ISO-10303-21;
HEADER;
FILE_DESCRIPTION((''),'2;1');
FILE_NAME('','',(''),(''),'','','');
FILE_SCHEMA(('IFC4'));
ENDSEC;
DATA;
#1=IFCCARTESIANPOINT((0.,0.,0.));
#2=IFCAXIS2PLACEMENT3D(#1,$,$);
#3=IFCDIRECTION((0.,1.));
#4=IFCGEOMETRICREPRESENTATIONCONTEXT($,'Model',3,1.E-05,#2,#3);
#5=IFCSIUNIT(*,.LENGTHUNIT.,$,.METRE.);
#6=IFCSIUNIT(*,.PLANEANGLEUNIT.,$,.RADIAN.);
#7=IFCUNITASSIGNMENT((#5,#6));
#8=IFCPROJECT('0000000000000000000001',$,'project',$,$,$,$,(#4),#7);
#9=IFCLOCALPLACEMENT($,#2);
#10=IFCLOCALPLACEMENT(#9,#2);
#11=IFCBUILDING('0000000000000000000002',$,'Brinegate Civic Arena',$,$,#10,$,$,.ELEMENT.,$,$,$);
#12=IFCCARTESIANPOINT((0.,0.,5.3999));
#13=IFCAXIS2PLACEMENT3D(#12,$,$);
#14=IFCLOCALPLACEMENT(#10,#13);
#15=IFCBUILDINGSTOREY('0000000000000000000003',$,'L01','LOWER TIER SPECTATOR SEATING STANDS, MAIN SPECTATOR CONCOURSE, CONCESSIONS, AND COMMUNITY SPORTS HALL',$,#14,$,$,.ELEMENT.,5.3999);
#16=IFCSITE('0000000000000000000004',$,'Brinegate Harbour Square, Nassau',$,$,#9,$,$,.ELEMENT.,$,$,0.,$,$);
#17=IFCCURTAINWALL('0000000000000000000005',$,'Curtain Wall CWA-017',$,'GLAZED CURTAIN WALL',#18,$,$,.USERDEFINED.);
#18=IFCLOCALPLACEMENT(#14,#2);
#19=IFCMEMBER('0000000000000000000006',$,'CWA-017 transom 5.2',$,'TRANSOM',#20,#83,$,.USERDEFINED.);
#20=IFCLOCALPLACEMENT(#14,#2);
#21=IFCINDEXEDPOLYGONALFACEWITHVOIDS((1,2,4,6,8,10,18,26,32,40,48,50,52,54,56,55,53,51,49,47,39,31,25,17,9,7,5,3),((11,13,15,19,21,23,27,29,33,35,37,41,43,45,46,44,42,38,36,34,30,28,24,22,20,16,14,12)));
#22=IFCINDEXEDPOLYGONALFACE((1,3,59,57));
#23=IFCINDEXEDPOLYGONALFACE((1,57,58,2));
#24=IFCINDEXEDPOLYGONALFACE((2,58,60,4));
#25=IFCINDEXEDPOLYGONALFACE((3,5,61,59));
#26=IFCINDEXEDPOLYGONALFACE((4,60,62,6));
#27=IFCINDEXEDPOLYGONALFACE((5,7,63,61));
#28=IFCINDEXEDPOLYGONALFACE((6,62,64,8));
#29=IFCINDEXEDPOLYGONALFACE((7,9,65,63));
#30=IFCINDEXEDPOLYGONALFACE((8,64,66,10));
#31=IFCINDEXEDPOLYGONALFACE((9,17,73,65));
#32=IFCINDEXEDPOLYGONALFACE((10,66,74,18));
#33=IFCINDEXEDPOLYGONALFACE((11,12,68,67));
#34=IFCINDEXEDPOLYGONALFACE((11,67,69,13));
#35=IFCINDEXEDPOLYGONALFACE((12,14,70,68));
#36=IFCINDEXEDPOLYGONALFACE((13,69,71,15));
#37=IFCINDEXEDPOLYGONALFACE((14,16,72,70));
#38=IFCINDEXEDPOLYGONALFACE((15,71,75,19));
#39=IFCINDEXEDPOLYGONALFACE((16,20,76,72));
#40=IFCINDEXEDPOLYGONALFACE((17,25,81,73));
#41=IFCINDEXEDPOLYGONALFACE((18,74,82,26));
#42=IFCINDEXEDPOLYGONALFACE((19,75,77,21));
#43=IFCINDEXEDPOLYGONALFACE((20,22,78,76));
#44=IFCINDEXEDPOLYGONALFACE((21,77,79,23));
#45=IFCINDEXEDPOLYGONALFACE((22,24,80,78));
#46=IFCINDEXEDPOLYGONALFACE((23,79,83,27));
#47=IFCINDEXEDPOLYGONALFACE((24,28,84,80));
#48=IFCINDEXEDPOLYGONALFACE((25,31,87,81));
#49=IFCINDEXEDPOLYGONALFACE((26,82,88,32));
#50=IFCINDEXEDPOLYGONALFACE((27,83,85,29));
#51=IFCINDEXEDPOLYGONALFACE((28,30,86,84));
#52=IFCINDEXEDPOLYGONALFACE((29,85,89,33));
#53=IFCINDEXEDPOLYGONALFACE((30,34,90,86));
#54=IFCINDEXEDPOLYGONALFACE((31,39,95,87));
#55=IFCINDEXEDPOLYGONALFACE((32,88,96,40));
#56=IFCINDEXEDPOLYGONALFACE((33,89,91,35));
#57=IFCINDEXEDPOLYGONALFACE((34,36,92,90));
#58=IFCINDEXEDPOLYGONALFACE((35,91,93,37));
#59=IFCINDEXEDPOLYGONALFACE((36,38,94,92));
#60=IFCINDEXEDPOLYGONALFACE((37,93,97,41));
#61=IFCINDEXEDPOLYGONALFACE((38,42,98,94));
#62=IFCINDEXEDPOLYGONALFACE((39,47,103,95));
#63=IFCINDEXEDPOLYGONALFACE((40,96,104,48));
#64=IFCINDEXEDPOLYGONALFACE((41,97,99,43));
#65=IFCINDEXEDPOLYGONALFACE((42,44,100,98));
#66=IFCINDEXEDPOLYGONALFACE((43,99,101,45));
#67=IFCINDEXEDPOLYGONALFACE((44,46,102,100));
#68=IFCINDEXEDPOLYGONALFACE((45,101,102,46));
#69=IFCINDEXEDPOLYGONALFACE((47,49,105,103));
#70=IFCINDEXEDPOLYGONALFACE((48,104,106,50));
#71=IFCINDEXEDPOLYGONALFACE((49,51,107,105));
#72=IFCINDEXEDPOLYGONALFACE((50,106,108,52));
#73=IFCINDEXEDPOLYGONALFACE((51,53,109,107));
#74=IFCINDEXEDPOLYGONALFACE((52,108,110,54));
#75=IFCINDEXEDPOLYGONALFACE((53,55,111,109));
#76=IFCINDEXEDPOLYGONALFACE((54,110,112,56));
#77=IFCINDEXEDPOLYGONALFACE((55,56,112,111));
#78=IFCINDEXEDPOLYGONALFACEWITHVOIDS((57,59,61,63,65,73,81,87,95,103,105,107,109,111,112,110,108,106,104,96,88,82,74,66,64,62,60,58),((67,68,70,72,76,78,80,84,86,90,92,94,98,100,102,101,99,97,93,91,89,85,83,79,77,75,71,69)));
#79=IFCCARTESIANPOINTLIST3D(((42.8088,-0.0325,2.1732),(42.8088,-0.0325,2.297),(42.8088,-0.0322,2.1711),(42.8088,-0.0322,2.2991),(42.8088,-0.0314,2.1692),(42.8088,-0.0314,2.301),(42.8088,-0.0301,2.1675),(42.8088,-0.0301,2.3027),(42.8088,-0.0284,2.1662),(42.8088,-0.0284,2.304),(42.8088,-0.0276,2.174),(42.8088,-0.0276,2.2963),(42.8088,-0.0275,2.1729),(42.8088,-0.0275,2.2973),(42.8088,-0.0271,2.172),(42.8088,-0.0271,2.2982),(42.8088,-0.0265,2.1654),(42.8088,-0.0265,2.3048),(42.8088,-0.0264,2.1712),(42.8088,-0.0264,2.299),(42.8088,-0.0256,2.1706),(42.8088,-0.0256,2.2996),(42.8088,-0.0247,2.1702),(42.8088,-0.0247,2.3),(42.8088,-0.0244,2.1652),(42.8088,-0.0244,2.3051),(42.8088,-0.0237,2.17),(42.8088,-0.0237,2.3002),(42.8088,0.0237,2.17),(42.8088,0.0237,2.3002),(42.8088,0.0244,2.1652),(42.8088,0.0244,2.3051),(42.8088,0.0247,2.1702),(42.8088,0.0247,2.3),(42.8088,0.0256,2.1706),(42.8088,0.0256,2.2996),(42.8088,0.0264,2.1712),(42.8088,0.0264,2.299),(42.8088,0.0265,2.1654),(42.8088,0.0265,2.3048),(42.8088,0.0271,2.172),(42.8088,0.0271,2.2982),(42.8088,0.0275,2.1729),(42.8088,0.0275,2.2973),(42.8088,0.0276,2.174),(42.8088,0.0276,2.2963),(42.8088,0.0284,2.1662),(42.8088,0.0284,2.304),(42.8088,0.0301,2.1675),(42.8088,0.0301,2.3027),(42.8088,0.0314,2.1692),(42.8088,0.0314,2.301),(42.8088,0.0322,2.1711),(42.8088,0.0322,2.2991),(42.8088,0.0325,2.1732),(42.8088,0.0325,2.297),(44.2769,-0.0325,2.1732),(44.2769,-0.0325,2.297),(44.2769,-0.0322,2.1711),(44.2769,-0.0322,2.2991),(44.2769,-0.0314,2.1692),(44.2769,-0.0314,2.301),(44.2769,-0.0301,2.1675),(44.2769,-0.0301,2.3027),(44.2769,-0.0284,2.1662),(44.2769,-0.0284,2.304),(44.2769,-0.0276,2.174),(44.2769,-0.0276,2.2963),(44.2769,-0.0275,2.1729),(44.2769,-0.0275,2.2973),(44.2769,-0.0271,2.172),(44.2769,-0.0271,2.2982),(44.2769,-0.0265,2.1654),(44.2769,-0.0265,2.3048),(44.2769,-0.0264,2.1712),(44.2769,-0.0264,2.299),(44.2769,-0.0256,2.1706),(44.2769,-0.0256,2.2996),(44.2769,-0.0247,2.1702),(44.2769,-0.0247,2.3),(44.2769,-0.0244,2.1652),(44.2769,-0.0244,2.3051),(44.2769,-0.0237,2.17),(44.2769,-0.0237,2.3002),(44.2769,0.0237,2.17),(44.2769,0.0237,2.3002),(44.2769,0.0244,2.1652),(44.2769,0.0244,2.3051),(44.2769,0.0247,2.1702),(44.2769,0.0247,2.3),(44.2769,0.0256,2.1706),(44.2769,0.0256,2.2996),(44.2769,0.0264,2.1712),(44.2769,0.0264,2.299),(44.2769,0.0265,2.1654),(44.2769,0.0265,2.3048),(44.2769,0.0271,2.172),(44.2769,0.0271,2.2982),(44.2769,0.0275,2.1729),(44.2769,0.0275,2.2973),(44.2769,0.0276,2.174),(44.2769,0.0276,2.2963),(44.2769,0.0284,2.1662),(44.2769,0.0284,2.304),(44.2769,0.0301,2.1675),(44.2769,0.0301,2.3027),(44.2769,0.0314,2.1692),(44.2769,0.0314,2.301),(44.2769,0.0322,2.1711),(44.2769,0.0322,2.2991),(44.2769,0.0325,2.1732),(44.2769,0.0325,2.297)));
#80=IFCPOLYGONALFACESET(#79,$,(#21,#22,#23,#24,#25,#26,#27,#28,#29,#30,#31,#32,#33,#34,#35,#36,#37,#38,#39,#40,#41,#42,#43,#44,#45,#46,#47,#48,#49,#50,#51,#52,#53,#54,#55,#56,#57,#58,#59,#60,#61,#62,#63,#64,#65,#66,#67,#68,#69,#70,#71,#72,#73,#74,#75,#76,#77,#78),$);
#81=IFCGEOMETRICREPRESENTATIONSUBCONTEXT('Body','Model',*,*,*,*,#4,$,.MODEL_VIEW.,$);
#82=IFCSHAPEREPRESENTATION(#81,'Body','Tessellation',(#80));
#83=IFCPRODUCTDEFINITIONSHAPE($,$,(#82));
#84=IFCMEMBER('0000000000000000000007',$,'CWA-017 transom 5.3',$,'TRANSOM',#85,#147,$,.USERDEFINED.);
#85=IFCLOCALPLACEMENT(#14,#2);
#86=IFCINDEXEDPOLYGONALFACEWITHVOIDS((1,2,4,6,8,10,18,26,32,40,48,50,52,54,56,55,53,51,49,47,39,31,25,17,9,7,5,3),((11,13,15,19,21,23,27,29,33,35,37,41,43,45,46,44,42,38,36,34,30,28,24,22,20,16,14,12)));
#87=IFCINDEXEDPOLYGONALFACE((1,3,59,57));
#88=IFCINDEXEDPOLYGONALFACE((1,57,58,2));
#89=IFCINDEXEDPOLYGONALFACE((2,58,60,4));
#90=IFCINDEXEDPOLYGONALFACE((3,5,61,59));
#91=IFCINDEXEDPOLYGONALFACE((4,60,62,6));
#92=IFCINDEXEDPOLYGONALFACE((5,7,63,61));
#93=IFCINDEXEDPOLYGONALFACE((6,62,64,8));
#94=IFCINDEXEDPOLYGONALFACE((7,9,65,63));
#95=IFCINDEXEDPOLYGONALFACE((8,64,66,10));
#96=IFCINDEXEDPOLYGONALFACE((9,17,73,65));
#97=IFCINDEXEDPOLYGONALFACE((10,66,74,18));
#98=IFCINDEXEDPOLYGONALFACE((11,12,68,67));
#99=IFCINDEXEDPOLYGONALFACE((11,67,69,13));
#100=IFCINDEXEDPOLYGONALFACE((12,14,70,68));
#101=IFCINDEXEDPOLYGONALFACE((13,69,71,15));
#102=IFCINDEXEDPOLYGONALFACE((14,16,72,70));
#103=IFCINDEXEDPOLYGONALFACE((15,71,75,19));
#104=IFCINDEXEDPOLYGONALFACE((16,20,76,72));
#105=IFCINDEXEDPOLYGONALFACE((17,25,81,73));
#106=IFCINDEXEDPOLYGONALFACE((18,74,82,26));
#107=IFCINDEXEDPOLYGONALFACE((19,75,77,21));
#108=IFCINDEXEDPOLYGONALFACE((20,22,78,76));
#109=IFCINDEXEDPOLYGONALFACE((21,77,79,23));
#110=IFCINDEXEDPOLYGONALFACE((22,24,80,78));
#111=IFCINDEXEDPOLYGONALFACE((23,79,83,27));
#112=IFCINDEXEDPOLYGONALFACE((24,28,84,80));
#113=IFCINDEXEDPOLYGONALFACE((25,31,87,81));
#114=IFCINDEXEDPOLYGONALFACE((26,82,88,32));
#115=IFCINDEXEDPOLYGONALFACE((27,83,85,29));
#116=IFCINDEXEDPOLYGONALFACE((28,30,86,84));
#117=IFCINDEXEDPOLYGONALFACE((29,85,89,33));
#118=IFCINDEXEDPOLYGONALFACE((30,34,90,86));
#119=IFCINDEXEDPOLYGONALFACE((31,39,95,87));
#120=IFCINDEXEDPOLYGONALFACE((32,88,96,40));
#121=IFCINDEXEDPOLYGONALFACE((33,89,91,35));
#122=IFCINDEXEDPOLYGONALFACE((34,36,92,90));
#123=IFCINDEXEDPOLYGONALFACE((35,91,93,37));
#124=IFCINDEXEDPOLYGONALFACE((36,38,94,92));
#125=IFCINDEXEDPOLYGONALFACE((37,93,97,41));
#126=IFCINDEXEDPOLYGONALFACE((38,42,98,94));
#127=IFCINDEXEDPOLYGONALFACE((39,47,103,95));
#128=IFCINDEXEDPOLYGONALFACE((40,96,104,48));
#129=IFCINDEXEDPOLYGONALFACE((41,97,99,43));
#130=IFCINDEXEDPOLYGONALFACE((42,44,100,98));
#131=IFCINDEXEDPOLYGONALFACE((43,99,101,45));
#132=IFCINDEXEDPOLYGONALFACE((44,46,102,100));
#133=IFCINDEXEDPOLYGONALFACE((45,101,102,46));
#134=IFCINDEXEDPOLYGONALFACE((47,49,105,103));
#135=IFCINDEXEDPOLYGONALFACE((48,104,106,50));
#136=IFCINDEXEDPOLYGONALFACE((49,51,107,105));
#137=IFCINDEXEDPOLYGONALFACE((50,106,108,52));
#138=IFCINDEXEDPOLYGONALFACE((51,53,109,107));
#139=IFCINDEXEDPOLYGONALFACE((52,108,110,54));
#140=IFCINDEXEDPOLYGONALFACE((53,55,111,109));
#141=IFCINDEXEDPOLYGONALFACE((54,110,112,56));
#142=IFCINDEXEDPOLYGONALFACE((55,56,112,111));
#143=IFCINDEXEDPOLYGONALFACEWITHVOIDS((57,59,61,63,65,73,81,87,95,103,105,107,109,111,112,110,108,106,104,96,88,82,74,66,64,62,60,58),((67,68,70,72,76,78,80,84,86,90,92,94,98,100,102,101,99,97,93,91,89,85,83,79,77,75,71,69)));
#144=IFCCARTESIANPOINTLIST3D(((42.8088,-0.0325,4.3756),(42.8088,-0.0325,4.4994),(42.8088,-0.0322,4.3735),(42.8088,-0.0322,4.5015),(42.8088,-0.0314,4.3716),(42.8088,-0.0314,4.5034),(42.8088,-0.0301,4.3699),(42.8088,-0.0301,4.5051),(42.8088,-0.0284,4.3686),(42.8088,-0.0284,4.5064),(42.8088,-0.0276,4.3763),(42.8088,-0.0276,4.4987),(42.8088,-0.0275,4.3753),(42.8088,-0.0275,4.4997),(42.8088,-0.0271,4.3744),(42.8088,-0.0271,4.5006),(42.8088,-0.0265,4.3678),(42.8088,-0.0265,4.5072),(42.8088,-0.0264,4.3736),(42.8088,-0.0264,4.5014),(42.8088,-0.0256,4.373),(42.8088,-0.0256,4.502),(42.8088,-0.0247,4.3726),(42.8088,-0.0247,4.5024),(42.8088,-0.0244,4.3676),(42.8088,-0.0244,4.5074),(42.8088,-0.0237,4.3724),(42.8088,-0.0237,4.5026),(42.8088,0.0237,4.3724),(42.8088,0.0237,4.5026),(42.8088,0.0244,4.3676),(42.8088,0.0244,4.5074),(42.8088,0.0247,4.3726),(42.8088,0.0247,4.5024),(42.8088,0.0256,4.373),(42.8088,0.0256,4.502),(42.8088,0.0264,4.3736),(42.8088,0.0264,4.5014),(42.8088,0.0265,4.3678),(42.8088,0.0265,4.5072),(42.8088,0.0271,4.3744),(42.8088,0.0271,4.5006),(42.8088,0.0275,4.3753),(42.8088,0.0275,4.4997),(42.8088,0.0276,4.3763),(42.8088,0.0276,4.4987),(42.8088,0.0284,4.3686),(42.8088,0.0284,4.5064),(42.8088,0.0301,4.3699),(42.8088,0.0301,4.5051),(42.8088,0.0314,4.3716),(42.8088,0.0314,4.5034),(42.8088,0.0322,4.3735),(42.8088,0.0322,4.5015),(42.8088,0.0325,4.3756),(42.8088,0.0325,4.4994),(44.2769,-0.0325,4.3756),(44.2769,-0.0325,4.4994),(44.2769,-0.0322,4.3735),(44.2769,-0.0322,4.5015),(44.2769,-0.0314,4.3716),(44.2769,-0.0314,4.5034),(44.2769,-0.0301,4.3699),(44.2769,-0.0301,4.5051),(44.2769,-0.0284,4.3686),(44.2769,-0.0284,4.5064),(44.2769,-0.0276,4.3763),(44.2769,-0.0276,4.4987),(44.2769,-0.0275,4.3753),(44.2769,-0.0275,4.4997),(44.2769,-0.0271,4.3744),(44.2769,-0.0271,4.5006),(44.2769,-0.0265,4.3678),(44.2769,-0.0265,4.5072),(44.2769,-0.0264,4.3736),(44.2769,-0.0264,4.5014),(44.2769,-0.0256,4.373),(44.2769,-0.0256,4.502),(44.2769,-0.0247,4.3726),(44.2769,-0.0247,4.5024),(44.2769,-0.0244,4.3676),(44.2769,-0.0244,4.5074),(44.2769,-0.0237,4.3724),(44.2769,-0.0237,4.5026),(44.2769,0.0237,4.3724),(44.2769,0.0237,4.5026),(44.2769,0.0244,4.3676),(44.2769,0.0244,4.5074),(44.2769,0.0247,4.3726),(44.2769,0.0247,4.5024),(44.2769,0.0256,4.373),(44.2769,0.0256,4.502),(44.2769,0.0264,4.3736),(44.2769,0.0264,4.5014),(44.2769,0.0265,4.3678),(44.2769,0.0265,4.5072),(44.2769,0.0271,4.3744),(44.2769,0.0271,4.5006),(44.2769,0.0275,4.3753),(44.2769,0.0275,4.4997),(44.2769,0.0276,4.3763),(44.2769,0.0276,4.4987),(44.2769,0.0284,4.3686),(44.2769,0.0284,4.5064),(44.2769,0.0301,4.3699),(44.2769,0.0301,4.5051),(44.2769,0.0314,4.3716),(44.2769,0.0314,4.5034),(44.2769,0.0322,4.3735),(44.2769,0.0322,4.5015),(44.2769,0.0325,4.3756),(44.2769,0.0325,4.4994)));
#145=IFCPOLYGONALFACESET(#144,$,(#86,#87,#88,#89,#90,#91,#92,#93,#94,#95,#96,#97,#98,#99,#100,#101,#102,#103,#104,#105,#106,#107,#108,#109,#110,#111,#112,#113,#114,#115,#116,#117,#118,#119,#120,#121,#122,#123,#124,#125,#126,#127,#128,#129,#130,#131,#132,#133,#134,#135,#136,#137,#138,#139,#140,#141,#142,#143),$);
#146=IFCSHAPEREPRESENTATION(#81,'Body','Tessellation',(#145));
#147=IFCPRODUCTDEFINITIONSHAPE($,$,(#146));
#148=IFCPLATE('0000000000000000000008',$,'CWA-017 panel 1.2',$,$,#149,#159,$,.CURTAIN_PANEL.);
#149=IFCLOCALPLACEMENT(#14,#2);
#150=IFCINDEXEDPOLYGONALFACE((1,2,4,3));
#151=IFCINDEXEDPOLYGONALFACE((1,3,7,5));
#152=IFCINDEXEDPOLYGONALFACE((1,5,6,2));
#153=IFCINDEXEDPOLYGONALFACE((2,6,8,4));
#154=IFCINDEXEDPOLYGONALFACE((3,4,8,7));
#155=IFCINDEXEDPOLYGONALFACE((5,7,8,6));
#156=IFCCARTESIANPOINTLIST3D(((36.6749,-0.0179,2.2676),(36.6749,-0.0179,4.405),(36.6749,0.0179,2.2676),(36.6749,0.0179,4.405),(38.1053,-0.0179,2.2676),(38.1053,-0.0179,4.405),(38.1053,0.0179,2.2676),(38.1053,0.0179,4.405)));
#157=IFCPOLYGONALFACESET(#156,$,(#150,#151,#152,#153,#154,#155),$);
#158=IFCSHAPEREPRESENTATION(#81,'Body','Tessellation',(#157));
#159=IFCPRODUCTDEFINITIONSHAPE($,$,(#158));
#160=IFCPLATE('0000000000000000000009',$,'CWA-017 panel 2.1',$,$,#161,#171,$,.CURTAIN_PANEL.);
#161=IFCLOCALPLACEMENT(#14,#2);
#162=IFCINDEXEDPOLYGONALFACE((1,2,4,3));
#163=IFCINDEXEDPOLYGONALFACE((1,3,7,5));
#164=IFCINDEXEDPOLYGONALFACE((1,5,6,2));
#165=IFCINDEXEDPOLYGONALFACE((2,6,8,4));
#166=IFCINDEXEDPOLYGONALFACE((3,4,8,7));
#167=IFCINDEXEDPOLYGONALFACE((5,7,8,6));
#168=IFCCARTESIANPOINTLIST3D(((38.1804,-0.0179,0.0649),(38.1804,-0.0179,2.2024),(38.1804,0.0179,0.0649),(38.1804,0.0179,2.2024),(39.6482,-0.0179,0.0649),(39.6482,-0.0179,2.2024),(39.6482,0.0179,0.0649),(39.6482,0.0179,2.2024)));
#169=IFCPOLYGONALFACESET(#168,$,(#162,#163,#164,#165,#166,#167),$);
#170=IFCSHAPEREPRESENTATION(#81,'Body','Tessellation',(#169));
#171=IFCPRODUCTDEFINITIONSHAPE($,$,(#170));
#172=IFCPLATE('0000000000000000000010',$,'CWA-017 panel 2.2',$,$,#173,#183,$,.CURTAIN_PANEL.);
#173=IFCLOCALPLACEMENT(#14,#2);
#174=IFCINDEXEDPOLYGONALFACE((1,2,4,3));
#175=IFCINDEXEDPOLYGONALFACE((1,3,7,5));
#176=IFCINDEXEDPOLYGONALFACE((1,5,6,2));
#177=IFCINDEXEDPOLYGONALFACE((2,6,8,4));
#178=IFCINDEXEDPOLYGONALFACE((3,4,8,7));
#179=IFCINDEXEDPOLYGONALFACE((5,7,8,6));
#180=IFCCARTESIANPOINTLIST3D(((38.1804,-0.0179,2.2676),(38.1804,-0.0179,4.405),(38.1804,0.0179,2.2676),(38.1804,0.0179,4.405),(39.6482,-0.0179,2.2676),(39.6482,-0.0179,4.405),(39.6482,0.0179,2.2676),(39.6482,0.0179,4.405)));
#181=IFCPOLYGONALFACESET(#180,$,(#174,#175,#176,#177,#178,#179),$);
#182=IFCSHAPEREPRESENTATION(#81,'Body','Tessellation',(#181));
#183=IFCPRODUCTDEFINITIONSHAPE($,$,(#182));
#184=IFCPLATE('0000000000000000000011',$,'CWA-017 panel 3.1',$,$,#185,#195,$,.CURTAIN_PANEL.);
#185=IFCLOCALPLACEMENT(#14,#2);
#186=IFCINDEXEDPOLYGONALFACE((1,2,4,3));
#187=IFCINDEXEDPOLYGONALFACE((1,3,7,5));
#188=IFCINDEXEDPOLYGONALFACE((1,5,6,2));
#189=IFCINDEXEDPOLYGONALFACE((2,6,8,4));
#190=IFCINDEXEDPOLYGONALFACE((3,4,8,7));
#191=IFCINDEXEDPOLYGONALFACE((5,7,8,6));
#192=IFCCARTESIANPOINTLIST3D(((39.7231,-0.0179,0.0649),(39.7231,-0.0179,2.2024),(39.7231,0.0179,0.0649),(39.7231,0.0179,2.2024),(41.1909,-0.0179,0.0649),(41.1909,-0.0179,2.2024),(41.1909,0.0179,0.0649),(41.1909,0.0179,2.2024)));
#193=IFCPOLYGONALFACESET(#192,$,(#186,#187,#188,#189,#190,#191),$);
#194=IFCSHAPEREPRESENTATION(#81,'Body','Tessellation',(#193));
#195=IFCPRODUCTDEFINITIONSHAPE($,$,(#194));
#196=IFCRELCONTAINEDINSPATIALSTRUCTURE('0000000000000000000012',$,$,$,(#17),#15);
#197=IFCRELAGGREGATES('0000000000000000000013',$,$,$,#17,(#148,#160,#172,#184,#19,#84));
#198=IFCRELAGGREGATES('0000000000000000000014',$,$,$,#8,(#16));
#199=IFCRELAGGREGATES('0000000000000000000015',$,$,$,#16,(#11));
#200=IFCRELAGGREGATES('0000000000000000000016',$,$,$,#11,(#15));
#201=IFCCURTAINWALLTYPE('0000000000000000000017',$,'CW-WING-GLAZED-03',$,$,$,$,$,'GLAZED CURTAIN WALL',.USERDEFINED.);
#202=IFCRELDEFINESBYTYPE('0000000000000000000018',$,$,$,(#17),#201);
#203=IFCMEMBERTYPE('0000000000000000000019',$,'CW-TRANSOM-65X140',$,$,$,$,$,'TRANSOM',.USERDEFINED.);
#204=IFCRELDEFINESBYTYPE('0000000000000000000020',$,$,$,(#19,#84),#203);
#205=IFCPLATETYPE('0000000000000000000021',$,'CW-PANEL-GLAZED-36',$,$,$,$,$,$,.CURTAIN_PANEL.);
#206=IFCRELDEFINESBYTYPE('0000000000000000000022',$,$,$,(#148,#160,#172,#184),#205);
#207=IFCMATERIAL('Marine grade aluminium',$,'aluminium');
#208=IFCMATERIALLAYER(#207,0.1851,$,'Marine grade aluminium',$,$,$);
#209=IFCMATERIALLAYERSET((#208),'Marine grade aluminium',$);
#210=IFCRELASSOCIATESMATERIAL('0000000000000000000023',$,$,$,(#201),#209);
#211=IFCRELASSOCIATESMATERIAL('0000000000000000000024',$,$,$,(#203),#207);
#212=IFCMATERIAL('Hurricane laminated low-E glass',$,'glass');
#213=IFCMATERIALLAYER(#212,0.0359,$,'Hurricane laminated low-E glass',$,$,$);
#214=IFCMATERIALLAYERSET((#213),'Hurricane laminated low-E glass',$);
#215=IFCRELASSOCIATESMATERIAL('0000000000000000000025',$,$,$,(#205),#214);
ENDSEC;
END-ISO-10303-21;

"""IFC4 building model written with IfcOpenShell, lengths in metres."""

from ifc_helpers import new_model, si_unit, direction, frame, origin, origin_2d, place, context, subcontext, project, spatial, rectangle, hollow_rectangle, extrude, material, layer, layer_set, material_profile, profile_set, type_object, element, aggregate, save


model = new_model("IFC4")

# Units and contexts
model_context = context("Model", 3, precision=1e-05, world=origin(), true_north=direction((0.0, 1.0)))
body_context = subcontext(model_context, "Body", "Model", "MODEL_VIEW")
ifc_project = project(units=[si_unit("LENGTHUNIT", "METRE"), si_unit("PLANEANGLEUNIT", "RADIAN")], contexts=[model_context])

# Site, building, storey
site_placement = place(None, origin())
site = spatial("IfcSite", under=ifc_project, at=site_placement, Name="Brinegate Harbour Square, Nassau", CompositionType="ELEMENT", RefElevation=0.0)
building_placement = place(site_placement, origin())
building = spatial("IfcBuilding", under=site, at=building_placement, Name="Brinegate Civic Arena", CompositionType="ELEMENT")
storey_placement = place(building_placement, frame((0.0, 0.0, 5.3999)))
storey = spatial("IfcBuildingStorey", under=building, at=storey_placement, Name="L01", Description="LOWER TIER SPECTATOR SEATING STANDS, MAIN SPECTATOR CONCOURSE, CONCESSIONS, AND COMMUNITY SPORTS HALL", CompositionType="ELEMENT", Elevation=5.3999)

# Curtain wall, members, plates
ifc_material_1 = material(Name="Marine grade aluminium", Category="aluminium")
ifc_layer_1 = layer(ifc_material_1, 0.1851, Name="Marine grade aluminium")
ifc_layer_set_1 = layer_set([ifc_layer_1], Name="Marine grade aluminium")
curtain_wall_type = type_object("IfcCurtainWallType", Name="CW-WING-GLAZED-03", ElementType="GLAZED CURTAIN WALL", PredefinedType="USERDEFINED", material=ifc_layer_set_1)
curtain_wall_placement = place(storey_placement, origin())
curtain_wall = element("IfcCurtainWall", 1, at=curtain_wall_placement, inside=storey, type_object=curtain_wall_type, Name="Curtain Wall CWA-017", ObjectType="GLAZED CURTAIN WALL", PredefinedType="USERDEFINED")
ifc_material_profile_1 = material_profile(ifc_material_1, hollow_rectangle(XDim=0.0649, YDim=0.1399, WallThickness=0.0049, InnerFilletRadius=0.0039, OuterFilletRadius=0.0081, at=origin_2d()), Name="TRN65X140")
ifc_profile_set_1 = profile_set([ifc_material_profile_1], Name="Marine grade aluminium")
member_type_1 = type_object("IfcMemberType", Name="CW-TRANSOM-65X140", ElementType="TRANSOM", PredefinedType="USERDEFINED", material=ifc_profile_set_1)
member_1_placement = place(storey_placement, frame((42.8088, 0.0, 2.2351), z_axis=(1.0, 0.0, 0.0), x_axis=(0.0, 1.0, 0.0)))
member_1 = element("IfcMember", 2, at=member_1_placement, type_object=member_type_1, Name="CWA-017 transom 5.2", ObjectType="TRANSOM", PredefinedType="USERDEFINED", context=body_context, shape_type="SweptSolid", body=[
    extrude(hollow_rectangle(XDim=0.0649, YDim=0.1399, WallThickness=0.0049, InnerFilletRadius=0.0039, OuterFilletRadius=0.0081, at=origin_2d()), origin(), (0.0, 0.0, 1.0), 1.468),
])
member_2_placement = place(storey_placement, frame((42.8088, 0.0, 4.4375), z_axis=(1.0, 0.0, 0.0), x_axis=(0.0, 1.0, 0.0)))
member_2 = element("IfcMember", 3, at=member_2_placement, type_object=member_type_1, Name="CWA-017 transom 5.3", ObjectType="TRANSOM", PredefinedType="USERDEFINED", context=body_context, shape_type="SweptSolid", body=[
    extrude(hollow_rectangle(XDim=0.0649, YDim=0.1399, WallThickness=0.0049, InnerFilletRadius=0.0039, OuterFilletRadius=0.0081, at=origin_2d()), origin(), (0.0, 0.0, 1.0), 1.468),
])
ifc_material_2 = material(Name="Hurricane laminated low-E glass", Category="glass")
ifc_layer_2 = layer(ifc_material_2, 0.0359, Name="Hurricane laminated low-E glass")
ifc_layer_set_2 = layer_set([ifc_layer_2], Name="Hurricane laminated low-E glass")
plate_type = type_object("IfcPlateType", Name="CW-PANEL-GLAZED-36", PredefinedType="CURTAIN_PANEL", material=ifc_layer_set_2)
plate_1_placement = place(storey_placement, frame((37.3901, 0.0, 2.2676), z_axis=(0.0, 0.0, 1.0), x_axis=(1.0, 0.0, 0.0)))
plate_1 = element("IfcPlate", 4, at=plate_1_placement, type_object=plate_type, Name="CWA-017 panel 1.2", PredefinedType="CURTAIN_PANEL", context=body_context, shape_type="SweptSolid", body=[
    extrude(rectangle(XDim=1.4304, YDim=0.0359, at=origin_2d()), origin(), (0.0, 0.0, 1.0), 2.1375),
])
plate_2_placement = place(storey_placement, frame((38.9143, 0.0, 0.0649), z_axis=(0.0, 0.0, 1.0), x_axis=(1.0, 0.0, 0.0)))
plate_2 = element("IfcPlate", 5, at=plate_2_placement, type_object=plate_type, Name="CWA-017 panel 2.1", PredefinedType="CURTAIN_PANEL", context=body_context, shape_type="SweptSolid", body=[
    extrude(rectangle(XDim=1.4678, YDim=0.0359, at=origin_2d()), origin(), (0.0, 0.0, 1.0), 2.1375),
])
plate_3_placement = place(storey_placement, frame((38.9143, 0.0, 2.2676), z_axis=(0.0, 0.0, 1.0), x_axis=(1.0, 0.0, 0.0)))
plate_3 = element("IfcPlate", 6, at=plate_3_placement, type_object=plate_type, Name="CWA-017 panel 2.2", PredefinedType="CURTAIN_PANEL", context=body_context, shape_type="SweptSolid", body=[
    extrude(rectangle(XDim=1.4678, YDim=0.0359, at=origin_2d()), origin(), (0.0, 0.0, 1.0), 2.1375),
])
plate_4_placement = place(storey_placement, frame((40.457, 0.0, 0.0649), z_axis=(0.0, 0.0, 1.0), x_axis=(1.0, 0.0, 0.0)))
plate_4 = element("IfcPlate", 7, at=plate_4_placement, type_object=plate_type, Name="CWA-017 panel 3.1", PredefinedType="CURTAIN_PANEL", context=body_context, shape_type="SweptSolid", body=[
    extrude(rectangle(XDim=1.4678, YDim=0.0359, at=origin_2d()), origin(), (0.0, 0.0, 1.0), 2.1375),
])
aggregate(curtain_wall, [plate_1, plate_2, plate_3, plate_4, member_1, member_2])

save(model, "model.ifc")
